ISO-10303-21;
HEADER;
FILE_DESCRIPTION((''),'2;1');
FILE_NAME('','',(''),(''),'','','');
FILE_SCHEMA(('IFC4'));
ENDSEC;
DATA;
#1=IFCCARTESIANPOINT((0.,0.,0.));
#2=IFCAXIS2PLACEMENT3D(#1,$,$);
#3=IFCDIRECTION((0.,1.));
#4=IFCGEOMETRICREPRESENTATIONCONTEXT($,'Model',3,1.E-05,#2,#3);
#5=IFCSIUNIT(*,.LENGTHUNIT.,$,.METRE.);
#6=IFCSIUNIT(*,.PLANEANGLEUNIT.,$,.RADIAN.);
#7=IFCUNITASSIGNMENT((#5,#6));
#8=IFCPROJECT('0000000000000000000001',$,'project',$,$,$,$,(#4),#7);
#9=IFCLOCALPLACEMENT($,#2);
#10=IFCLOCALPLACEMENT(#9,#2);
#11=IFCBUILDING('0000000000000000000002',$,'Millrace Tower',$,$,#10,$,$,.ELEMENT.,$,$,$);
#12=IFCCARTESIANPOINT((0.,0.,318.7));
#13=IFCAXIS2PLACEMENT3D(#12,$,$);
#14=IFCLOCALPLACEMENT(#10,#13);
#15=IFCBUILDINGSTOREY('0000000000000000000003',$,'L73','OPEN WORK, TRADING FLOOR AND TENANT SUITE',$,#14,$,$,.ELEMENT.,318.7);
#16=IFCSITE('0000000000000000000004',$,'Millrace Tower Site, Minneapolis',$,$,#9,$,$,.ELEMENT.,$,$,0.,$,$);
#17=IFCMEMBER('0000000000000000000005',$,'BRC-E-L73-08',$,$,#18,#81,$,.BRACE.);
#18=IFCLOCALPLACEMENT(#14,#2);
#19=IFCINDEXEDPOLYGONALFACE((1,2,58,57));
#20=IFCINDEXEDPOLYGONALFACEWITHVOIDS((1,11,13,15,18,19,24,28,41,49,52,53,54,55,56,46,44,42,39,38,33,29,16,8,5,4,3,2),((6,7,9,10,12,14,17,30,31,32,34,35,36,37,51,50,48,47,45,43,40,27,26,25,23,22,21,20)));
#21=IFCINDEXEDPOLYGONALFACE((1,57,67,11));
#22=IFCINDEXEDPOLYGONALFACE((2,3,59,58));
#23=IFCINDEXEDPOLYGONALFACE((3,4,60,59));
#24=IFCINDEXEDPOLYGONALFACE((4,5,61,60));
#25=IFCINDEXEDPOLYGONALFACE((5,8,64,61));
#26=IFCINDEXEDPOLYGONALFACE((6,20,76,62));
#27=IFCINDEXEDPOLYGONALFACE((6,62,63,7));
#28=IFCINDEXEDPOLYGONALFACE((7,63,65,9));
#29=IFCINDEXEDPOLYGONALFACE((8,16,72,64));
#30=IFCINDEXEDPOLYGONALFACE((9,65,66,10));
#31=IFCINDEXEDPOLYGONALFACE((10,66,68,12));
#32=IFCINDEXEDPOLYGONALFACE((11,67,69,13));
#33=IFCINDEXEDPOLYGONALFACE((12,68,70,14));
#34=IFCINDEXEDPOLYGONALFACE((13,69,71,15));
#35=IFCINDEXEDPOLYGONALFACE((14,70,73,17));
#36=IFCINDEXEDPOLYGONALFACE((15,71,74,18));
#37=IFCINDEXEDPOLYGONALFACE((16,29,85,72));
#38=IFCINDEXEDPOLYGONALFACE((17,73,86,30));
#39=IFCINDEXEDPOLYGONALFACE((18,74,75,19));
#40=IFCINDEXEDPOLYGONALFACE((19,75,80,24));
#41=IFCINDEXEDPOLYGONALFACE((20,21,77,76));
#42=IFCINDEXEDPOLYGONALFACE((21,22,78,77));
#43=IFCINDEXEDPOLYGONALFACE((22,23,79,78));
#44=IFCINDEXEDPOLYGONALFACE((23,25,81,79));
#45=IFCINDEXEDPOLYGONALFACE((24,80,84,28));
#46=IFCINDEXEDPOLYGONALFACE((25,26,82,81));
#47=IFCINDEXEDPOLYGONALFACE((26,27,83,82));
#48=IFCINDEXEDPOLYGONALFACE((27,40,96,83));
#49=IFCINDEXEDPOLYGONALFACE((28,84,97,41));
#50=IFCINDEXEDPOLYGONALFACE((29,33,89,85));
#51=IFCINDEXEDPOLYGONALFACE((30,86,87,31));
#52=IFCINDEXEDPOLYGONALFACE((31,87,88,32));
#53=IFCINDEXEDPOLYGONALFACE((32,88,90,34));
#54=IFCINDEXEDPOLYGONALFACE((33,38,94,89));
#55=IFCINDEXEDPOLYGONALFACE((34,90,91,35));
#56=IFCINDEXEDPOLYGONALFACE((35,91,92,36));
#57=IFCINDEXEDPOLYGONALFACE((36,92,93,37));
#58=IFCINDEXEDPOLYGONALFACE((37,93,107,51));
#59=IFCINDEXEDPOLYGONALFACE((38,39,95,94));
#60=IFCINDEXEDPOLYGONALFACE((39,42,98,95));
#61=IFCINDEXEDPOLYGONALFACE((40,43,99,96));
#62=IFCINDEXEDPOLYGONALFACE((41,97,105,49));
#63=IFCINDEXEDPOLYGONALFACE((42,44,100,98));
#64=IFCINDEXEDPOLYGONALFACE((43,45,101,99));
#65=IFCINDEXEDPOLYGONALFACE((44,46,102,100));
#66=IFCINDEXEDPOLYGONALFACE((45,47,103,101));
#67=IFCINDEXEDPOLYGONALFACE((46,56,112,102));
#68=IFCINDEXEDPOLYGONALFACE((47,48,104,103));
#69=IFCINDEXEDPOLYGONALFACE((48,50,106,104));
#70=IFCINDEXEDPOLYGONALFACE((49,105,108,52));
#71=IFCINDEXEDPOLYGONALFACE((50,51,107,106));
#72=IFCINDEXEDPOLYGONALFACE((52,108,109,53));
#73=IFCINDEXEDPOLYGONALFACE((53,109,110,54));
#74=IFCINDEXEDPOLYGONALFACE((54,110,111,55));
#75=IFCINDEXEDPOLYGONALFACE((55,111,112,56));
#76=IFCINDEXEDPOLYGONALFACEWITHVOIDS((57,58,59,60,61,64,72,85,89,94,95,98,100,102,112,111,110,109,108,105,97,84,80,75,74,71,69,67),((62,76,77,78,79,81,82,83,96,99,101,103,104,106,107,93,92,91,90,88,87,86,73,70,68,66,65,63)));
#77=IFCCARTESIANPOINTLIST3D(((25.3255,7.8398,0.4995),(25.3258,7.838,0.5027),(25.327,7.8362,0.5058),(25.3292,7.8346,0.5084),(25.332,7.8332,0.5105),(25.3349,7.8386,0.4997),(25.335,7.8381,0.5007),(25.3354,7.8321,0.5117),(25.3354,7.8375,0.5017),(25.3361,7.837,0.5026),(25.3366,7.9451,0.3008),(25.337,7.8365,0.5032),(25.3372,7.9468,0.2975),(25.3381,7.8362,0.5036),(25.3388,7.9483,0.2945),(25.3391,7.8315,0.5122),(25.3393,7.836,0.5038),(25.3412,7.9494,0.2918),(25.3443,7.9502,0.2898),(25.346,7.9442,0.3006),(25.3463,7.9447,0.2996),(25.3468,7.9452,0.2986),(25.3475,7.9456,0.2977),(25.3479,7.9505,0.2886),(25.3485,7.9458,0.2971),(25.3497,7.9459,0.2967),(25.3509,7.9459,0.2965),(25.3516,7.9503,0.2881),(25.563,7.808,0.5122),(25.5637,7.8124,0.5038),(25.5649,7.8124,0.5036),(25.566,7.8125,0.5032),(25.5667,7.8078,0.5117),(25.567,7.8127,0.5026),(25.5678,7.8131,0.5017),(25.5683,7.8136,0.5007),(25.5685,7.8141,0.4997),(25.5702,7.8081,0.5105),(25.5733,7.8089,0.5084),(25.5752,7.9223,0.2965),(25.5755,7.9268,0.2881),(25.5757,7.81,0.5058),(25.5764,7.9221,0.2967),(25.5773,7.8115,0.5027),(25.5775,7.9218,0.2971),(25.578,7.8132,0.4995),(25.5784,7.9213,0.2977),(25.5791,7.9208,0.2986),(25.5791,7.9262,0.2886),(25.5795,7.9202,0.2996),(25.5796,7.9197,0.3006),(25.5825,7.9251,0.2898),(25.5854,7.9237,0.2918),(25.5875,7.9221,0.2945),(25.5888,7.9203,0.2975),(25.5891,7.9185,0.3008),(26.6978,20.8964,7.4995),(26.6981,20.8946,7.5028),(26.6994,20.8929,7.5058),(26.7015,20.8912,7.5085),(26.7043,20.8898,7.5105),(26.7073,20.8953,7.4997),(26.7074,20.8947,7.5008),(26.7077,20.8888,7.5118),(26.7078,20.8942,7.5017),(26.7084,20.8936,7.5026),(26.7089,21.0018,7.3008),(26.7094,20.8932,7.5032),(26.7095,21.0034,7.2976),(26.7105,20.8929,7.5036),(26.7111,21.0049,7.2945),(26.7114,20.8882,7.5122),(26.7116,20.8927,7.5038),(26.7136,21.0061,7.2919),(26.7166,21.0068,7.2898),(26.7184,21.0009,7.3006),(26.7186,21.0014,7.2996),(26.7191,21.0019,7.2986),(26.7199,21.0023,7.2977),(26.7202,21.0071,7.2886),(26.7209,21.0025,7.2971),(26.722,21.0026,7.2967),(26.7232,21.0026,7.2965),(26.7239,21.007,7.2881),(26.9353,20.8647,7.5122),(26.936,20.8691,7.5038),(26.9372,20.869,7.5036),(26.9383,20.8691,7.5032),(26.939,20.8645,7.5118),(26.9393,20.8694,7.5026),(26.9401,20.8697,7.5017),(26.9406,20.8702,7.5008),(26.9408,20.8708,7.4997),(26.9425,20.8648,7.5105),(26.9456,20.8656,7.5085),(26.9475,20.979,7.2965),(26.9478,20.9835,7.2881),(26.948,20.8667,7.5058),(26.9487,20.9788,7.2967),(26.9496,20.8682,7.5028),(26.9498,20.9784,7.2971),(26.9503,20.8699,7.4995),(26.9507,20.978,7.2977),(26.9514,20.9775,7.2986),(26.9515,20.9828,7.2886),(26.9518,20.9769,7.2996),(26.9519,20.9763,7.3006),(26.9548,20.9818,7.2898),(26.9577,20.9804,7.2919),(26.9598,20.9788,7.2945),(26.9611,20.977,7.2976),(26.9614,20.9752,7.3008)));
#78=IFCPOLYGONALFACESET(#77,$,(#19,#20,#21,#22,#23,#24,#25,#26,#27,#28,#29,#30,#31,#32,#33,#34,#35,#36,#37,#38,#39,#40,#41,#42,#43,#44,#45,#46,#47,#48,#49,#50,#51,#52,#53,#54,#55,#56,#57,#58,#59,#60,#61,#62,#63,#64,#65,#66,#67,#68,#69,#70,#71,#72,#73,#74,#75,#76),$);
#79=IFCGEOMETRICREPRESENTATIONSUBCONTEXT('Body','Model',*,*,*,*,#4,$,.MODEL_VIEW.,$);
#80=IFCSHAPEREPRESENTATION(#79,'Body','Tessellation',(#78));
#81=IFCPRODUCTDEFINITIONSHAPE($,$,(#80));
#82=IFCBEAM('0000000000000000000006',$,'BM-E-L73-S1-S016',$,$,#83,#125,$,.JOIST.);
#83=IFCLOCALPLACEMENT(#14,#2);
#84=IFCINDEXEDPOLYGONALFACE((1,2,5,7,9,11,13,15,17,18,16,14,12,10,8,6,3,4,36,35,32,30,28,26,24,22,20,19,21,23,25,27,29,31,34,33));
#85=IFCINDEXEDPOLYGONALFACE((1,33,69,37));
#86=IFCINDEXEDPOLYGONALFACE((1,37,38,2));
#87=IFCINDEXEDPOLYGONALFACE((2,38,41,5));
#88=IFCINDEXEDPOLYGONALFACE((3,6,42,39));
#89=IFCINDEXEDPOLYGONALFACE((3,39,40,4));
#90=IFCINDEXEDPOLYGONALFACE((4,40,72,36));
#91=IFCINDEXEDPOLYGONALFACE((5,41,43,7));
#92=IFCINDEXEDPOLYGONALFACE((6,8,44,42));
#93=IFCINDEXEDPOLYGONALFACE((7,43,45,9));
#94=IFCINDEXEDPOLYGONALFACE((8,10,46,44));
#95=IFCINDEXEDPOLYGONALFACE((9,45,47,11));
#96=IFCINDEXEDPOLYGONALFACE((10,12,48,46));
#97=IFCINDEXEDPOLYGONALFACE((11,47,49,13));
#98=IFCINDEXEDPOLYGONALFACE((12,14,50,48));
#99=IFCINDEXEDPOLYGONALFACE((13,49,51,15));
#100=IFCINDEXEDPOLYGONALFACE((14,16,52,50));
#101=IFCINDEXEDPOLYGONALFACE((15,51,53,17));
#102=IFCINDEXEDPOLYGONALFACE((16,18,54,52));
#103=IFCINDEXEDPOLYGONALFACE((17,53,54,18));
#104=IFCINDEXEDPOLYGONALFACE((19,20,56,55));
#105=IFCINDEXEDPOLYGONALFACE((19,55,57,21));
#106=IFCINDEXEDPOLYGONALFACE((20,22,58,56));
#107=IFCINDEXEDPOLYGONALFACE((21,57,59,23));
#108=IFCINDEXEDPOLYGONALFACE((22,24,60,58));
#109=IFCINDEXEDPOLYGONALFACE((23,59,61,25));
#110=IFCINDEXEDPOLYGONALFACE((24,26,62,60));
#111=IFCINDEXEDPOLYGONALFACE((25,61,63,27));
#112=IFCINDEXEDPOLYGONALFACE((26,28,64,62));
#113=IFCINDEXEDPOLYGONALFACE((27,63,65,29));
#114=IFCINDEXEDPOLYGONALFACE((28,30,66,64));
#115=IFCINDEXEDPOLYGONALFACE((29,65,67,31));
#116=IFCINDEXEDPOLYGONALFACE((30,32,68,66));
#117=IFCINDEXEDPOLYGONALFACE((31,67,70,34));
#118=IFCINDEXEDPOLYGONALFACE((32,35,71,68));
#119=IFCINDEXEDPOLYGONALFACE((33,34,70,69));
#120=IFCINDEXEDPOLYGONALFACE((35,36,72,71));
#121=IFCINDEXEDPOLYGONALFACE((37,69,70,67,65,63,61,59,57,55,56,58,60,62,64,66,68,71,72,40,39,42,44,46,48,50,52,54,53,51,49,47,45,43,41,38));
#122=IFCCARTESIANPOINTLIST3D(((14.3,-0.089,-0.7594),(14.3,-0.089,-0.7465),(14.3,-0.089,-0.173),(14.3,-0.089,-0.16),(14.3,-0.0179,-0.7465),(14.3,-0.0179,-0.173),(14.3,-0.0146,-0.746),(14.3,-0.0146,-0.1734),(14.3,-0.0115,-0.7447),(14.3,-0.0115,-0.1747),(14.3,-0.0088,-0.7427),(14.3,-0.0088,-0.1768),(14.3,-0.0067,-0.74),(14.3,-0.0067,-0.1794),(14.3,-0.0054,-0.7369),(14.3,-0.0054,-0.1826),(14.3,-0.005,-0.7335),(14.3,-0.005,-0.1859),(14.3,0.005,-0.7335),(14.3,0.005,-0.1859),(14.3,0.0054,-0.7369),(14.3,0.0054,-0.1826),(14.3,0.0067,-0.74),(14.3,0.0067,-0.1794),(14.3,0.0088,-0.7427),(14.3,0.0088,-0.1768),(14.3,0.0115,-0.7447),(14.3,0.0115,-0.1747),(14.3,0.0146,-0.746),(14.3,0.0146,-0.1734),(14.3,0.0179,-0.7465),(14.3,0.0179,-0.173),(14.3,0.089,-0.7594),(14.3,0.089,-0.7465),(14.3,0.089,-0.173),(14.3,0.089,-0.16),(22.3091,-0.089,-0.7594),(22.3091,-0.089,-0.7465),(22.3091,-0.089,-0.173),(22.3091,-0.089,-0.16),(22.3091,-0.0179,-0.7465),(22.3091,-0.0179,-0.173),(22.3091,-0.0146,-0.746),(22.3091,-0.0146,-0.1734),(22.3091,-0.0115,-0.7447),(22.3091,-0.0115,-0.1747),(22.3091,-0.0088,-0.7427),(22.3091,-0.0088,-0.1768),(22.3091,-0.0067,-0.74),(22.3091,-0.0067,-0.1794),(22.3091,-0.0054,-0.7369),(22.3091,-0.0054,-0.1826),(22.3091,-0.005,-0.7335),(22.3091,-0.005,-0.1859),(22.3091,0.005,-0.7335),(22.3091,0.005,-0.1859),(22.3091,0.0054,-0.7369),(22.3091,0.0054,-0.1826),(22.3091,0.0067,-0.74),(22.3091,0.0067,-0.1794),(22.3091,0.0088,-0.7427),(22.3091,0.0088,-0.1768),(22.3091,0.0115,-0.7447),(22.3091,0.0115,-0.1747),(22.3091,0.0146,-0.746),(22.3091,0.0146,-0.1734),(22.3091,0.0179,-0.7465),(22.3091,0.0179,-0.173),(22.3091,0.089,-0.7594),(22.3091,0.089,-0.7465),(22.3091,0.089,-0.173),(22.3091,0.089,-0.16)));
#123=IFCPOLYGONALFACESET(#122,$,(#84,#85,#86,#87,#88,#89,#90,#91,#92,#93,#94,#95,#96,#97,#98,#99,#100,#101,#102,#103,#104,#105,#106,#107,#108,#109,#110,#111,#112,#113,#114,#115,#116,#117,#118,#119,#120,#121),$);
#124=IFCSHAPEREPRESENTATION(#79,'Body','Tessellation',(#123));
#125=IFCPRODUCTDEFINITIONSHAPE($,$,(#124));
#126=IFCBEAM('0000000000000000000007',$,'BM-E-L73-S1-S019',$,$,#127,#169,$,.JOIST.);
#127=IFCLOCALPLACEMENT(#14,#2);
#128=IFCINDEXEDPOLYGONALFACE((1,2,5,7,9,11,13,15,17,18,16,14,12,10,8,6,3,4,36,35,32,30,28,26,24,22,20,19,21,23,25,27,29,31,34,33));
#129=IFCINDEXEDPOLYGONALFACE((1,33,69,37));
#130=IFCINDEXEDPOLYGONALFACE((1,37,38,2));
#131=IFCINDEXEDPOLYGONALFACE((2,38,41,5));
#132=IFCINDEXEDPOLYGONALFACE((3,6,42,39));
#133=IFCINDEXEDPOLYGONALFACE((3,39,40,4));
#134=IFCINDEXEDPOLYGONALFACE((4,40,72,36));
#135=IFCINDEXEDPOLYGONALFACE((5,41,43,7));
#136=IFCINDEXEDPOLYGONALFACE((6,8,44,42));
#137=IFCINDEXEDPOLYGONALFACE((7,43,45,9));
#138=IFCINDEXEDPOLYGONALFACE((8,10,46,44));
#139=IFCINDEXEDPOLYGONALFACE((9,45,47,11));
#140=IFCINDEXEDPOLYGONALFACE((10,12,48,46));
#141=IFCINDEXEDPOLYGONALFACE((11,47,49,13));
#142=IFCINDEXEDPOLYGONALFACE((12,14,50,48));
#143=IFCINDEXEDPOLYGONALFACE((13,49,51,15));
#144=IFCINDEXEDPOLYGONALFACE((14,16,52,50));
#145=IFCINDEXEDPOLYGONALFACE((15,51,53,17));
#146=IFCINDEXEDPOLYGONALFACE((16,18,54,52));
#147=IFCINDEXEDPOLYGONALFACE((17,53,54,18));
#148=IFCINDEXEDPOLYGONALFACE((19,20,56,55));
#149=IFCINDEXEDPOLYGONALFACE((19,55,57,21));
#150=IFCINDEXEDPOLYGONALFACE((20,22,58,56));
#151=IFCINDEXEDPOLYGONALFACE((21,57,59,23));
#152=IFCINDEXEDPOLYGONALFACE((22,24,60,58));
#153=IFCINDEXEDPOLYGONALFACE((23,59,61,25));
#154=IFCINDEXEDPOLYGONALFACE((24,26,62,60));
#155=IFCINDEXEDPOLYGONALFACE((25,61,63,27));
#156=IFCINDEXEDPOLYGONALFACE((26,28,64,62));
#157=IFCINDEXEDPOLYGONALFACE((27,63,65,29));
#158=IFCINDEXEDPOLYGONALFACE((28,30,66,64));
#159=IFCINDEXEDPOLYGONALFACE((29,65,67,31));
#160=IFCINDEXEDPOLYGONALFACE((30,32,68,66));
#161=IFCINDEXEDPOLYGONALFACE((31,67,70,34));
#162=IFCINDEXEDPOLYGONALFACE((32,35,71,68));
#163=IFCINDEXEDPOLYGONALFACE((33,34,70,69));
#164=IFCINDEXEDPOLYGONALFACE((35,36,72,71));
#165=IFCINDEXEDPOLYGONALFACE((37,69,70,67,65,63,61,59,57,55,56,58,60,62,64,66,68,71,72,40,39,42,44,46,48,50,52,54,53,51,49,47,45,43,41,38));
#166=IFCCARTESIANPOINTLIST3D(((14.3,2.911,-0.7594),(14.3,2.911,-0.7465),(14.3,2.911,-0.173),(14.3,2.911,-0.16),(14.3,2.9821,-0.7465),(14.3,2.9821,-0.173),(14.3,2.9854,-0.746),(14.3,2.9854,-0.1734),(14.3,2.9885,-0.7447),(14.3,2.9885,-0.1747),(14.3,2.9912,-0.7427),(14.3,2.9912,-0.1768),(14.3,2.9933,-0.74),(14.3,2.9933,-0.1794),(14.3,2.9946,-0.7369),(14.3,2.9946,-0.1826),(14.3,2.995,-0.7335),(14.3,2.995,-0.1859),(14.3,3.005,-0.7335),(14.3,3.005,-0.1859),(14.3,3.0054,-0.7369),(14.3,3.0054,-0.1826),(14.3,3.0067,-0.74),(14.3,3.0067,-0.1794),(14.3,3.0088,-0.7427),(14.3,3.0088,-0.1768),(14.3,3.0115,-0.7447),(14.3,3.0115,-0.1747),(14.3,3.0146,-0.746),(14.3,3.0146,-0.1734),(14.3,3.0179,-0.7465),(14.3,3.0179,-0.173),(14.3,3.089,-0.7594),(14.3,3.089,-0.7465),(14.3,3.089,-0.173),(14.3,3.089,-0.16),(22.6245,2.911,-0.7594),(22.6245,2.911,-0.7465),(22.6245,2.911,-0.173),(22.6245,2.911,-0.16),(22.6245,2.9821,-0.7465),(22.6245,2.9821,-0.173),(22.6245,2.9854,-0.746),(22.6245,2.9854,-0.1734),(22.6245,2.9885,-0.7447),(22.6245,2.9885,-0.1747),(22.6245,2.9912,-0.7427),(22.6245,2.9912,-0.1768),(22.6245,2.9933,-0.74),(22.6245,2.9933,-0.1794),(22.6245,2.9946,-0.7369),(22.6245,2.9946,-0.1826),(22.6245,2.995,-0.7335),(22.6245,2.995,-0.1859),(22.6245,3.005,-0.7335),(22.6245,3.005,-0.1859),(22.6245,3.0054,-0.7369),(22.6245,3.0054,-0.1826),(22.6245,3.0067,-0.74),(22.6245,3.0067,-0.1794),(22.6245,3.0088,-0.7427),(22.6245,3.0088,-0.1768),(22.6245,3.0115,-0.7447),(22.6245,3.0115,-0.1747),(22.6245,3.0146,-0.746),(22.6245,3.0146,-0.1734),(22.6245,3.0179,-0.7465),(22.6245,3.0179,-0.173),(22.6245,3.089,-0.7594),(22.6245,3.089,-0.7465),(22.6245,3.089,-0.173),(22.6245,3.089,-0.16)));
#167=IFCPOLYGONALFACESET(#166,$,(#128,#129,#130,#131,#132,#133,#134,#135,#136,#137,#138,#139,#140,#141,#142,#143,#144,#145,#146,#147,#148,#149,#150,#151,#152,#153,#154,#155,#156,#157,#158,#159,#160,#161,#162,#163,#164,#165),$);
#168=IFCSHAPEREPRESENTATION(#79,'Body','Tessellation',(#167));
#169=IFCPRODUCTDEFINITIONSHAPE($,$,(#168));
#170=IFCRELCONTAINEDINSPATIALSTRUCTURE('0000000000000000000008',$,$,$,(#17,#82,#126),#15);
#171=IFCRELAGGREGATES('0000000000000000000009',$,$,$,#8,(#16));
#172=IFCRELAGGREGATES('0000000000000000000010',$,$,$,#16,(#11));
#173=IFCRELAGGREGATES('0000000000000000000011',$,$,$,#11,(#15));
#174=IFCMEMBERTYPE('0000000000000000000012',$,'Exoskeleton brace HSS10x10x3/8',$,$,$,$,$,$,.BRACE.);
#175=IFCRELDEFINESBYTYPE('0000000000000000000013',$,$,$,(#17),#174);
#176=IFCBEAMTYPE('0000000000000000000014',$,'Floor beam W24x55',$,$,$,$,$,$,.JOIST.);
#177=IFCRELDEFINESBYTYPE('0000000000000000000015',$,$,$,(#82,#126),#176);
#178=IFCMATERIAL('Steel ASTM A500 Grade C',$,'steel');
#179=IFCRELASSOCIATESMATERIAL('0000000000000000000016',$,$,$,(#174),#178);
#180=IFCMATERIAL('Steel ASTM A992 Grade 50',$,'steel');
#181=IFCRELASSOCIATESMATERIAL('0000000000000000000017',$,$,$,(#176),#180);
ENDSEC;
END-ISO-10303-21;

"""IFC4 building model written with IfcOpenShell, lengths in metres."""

from ifc_helpers import new_model, si_unit, direction, frame, origin, origin_2d, place, context, subcontext, project, spatial, hollow_rectangle, i_section, extrude, material, material_profile, profile_set, type_object, element, save


model = new_model("IFC4")

# Units and contexts
model_context = context("Model", 3, precision=1e-05, world=origin(), true_north=direction((0.0, 1.0)))
body_context = subcontext(model_context, "Body", "Model", "MODEL_VIEW")
ifc_project = project(units=[si_unit("LENGTHUNIT", "METRE"), si_unit("PLANEANGLEUNIT", "RADIAN")], contexts=[model_context])

# Site, building, storey
site_placement = place(None, origin())
site = spatial("IfcSite", under=ifc_project, at=site_placement, Name="Millrace Tower Site, Minneapolis", CompositionType="ELEMENT", RefElevation=0.0)
building_placement = place(site_placement, origin())
building = spatial("IfcBuilding", under=site, at=building_placement, Name="Millrace Tower", CompositionType="ELEMENT")
storey_placement = place(building_placement, frame((0.0, 0.0, 318.7)))
storey = spatial("IfcBuildingStorey", under=building, at=storey_placement, Name="L73", Description="OPEN WORK, TRADING FLOOR AND TENANT SUITE", CompositionType="ELEMENT", Elevation=318.7)

# Member
ifc_material_1 = material(Name="Steel ASTM A500 Grade C", Category="steel")
ifc_material_profile_1 = material_profile(ifc_material_1, hollow_rectangle(XDim=0.2539, YDim=0.2539, WallThickness=0.0095, InnerFilletRadius=0.0046, OuterFilletRadius=0.0144, at=origin_2d()))
ifc_profile_set_1 = profile_set([ifc_material_profile_1], Name="Steel ASTM A500 Grade C")
member_type_1 = type_object("IfcMemberType", Name="Exoskeleton brace HSS10x10x3/8", PredefinedType="BRACE", material=ifc_profile_set_1)
member_1_placement = place(storey_placement, frame((25.4573, 7.8792, 0.4001), z_axis=(0.092237, 0.877572, 0.470489), x_axis=(-0.994522, 0.104529, 0.0)))
element("IfcMember", 1, at=member_1_placement, inside=storey, type_object=member_type_1, Name="BRC-E-L73-08", PredefinedType="BRACE", context=body_context, shape_type="SweptSolid", body=[
    extrude(hollow_rectangle(XDim=0.2539, YDim=0.2539, WallThickness=0.0095, InnerFilletRadius=0.0046, OuterFilletRadius=0.0144, at=origin_2d()), origin(), (0.0, 0.0, 1.0), 14.8782),
])

# Beams
ifc_material_2 = material(Name="Steel ASTM A992 Grade 50", Category="steel")
ifc_material_profile_2 = material_profile(ifc_material_2, i_section(OverallWidth=0.178, OverallDepth=0.5994, WebThickness=0.01, FlangeThickness=0.0129, FilletRadius=0.0129, at=origin_2d()))
ifc_profile_set_2 = profile_set([ifc_material_profile_2], Name="Steel ASTM A992 Grade 50")
beam_type_1 = type_object("IfcBeamType", Name="Floor beam W24x55", PredefinedType="JOIST", material=ifc_profile_set_2)
beam_1_placement = place(storey_placement, frame((14.3, 0.0, -0.4597), z_axis=(1.0, 0.0, 0.0), x_axis=(0.0, 1.0, 0.0)))
element("IfcBeam", 2, at=beam_1_placement, inside=storey, type_object=beam_type_1, Name="BM-E-L73-S1-S016", PredefinedType="JOIST", context=body_context, shape_type="SweptSolid", body=[
    extrude(i_section(OverallWidth=0.178, OverallDepth=0.5994, WebThickness=0.01, FlangeThickness=0.0129, FilletRadius=0.0129, at=origin_2d()), origin(), (0.0, 0.0, 1.0), 8.009),
])
beam_2_placement = place(storey_placement, frame((14.3, 3.0, -0.4597), z_axis=(1.0, 0.0, 0.0), x_axis=(0.0, 1.0, 0.0)))
element("IfcBeam", 3, at=beam_2_placement, inside=storey, type_object=beam_type_1, Name="BM-E-L73-S1-S019", PredefinedType="JOIST", context=body_context, shape_type="SweptSolid", body=[
    extrude(i_section(OverallWidth=0.178, OverallDepth=0.5994, WebThickness=0.01, FlangeThickness=0.0129, FilletRadius=0.0129, at=origin_2d()), origin(), (0.0, 0.0, 1.0), 8.3245),
])

save(model, "model.ifc")
